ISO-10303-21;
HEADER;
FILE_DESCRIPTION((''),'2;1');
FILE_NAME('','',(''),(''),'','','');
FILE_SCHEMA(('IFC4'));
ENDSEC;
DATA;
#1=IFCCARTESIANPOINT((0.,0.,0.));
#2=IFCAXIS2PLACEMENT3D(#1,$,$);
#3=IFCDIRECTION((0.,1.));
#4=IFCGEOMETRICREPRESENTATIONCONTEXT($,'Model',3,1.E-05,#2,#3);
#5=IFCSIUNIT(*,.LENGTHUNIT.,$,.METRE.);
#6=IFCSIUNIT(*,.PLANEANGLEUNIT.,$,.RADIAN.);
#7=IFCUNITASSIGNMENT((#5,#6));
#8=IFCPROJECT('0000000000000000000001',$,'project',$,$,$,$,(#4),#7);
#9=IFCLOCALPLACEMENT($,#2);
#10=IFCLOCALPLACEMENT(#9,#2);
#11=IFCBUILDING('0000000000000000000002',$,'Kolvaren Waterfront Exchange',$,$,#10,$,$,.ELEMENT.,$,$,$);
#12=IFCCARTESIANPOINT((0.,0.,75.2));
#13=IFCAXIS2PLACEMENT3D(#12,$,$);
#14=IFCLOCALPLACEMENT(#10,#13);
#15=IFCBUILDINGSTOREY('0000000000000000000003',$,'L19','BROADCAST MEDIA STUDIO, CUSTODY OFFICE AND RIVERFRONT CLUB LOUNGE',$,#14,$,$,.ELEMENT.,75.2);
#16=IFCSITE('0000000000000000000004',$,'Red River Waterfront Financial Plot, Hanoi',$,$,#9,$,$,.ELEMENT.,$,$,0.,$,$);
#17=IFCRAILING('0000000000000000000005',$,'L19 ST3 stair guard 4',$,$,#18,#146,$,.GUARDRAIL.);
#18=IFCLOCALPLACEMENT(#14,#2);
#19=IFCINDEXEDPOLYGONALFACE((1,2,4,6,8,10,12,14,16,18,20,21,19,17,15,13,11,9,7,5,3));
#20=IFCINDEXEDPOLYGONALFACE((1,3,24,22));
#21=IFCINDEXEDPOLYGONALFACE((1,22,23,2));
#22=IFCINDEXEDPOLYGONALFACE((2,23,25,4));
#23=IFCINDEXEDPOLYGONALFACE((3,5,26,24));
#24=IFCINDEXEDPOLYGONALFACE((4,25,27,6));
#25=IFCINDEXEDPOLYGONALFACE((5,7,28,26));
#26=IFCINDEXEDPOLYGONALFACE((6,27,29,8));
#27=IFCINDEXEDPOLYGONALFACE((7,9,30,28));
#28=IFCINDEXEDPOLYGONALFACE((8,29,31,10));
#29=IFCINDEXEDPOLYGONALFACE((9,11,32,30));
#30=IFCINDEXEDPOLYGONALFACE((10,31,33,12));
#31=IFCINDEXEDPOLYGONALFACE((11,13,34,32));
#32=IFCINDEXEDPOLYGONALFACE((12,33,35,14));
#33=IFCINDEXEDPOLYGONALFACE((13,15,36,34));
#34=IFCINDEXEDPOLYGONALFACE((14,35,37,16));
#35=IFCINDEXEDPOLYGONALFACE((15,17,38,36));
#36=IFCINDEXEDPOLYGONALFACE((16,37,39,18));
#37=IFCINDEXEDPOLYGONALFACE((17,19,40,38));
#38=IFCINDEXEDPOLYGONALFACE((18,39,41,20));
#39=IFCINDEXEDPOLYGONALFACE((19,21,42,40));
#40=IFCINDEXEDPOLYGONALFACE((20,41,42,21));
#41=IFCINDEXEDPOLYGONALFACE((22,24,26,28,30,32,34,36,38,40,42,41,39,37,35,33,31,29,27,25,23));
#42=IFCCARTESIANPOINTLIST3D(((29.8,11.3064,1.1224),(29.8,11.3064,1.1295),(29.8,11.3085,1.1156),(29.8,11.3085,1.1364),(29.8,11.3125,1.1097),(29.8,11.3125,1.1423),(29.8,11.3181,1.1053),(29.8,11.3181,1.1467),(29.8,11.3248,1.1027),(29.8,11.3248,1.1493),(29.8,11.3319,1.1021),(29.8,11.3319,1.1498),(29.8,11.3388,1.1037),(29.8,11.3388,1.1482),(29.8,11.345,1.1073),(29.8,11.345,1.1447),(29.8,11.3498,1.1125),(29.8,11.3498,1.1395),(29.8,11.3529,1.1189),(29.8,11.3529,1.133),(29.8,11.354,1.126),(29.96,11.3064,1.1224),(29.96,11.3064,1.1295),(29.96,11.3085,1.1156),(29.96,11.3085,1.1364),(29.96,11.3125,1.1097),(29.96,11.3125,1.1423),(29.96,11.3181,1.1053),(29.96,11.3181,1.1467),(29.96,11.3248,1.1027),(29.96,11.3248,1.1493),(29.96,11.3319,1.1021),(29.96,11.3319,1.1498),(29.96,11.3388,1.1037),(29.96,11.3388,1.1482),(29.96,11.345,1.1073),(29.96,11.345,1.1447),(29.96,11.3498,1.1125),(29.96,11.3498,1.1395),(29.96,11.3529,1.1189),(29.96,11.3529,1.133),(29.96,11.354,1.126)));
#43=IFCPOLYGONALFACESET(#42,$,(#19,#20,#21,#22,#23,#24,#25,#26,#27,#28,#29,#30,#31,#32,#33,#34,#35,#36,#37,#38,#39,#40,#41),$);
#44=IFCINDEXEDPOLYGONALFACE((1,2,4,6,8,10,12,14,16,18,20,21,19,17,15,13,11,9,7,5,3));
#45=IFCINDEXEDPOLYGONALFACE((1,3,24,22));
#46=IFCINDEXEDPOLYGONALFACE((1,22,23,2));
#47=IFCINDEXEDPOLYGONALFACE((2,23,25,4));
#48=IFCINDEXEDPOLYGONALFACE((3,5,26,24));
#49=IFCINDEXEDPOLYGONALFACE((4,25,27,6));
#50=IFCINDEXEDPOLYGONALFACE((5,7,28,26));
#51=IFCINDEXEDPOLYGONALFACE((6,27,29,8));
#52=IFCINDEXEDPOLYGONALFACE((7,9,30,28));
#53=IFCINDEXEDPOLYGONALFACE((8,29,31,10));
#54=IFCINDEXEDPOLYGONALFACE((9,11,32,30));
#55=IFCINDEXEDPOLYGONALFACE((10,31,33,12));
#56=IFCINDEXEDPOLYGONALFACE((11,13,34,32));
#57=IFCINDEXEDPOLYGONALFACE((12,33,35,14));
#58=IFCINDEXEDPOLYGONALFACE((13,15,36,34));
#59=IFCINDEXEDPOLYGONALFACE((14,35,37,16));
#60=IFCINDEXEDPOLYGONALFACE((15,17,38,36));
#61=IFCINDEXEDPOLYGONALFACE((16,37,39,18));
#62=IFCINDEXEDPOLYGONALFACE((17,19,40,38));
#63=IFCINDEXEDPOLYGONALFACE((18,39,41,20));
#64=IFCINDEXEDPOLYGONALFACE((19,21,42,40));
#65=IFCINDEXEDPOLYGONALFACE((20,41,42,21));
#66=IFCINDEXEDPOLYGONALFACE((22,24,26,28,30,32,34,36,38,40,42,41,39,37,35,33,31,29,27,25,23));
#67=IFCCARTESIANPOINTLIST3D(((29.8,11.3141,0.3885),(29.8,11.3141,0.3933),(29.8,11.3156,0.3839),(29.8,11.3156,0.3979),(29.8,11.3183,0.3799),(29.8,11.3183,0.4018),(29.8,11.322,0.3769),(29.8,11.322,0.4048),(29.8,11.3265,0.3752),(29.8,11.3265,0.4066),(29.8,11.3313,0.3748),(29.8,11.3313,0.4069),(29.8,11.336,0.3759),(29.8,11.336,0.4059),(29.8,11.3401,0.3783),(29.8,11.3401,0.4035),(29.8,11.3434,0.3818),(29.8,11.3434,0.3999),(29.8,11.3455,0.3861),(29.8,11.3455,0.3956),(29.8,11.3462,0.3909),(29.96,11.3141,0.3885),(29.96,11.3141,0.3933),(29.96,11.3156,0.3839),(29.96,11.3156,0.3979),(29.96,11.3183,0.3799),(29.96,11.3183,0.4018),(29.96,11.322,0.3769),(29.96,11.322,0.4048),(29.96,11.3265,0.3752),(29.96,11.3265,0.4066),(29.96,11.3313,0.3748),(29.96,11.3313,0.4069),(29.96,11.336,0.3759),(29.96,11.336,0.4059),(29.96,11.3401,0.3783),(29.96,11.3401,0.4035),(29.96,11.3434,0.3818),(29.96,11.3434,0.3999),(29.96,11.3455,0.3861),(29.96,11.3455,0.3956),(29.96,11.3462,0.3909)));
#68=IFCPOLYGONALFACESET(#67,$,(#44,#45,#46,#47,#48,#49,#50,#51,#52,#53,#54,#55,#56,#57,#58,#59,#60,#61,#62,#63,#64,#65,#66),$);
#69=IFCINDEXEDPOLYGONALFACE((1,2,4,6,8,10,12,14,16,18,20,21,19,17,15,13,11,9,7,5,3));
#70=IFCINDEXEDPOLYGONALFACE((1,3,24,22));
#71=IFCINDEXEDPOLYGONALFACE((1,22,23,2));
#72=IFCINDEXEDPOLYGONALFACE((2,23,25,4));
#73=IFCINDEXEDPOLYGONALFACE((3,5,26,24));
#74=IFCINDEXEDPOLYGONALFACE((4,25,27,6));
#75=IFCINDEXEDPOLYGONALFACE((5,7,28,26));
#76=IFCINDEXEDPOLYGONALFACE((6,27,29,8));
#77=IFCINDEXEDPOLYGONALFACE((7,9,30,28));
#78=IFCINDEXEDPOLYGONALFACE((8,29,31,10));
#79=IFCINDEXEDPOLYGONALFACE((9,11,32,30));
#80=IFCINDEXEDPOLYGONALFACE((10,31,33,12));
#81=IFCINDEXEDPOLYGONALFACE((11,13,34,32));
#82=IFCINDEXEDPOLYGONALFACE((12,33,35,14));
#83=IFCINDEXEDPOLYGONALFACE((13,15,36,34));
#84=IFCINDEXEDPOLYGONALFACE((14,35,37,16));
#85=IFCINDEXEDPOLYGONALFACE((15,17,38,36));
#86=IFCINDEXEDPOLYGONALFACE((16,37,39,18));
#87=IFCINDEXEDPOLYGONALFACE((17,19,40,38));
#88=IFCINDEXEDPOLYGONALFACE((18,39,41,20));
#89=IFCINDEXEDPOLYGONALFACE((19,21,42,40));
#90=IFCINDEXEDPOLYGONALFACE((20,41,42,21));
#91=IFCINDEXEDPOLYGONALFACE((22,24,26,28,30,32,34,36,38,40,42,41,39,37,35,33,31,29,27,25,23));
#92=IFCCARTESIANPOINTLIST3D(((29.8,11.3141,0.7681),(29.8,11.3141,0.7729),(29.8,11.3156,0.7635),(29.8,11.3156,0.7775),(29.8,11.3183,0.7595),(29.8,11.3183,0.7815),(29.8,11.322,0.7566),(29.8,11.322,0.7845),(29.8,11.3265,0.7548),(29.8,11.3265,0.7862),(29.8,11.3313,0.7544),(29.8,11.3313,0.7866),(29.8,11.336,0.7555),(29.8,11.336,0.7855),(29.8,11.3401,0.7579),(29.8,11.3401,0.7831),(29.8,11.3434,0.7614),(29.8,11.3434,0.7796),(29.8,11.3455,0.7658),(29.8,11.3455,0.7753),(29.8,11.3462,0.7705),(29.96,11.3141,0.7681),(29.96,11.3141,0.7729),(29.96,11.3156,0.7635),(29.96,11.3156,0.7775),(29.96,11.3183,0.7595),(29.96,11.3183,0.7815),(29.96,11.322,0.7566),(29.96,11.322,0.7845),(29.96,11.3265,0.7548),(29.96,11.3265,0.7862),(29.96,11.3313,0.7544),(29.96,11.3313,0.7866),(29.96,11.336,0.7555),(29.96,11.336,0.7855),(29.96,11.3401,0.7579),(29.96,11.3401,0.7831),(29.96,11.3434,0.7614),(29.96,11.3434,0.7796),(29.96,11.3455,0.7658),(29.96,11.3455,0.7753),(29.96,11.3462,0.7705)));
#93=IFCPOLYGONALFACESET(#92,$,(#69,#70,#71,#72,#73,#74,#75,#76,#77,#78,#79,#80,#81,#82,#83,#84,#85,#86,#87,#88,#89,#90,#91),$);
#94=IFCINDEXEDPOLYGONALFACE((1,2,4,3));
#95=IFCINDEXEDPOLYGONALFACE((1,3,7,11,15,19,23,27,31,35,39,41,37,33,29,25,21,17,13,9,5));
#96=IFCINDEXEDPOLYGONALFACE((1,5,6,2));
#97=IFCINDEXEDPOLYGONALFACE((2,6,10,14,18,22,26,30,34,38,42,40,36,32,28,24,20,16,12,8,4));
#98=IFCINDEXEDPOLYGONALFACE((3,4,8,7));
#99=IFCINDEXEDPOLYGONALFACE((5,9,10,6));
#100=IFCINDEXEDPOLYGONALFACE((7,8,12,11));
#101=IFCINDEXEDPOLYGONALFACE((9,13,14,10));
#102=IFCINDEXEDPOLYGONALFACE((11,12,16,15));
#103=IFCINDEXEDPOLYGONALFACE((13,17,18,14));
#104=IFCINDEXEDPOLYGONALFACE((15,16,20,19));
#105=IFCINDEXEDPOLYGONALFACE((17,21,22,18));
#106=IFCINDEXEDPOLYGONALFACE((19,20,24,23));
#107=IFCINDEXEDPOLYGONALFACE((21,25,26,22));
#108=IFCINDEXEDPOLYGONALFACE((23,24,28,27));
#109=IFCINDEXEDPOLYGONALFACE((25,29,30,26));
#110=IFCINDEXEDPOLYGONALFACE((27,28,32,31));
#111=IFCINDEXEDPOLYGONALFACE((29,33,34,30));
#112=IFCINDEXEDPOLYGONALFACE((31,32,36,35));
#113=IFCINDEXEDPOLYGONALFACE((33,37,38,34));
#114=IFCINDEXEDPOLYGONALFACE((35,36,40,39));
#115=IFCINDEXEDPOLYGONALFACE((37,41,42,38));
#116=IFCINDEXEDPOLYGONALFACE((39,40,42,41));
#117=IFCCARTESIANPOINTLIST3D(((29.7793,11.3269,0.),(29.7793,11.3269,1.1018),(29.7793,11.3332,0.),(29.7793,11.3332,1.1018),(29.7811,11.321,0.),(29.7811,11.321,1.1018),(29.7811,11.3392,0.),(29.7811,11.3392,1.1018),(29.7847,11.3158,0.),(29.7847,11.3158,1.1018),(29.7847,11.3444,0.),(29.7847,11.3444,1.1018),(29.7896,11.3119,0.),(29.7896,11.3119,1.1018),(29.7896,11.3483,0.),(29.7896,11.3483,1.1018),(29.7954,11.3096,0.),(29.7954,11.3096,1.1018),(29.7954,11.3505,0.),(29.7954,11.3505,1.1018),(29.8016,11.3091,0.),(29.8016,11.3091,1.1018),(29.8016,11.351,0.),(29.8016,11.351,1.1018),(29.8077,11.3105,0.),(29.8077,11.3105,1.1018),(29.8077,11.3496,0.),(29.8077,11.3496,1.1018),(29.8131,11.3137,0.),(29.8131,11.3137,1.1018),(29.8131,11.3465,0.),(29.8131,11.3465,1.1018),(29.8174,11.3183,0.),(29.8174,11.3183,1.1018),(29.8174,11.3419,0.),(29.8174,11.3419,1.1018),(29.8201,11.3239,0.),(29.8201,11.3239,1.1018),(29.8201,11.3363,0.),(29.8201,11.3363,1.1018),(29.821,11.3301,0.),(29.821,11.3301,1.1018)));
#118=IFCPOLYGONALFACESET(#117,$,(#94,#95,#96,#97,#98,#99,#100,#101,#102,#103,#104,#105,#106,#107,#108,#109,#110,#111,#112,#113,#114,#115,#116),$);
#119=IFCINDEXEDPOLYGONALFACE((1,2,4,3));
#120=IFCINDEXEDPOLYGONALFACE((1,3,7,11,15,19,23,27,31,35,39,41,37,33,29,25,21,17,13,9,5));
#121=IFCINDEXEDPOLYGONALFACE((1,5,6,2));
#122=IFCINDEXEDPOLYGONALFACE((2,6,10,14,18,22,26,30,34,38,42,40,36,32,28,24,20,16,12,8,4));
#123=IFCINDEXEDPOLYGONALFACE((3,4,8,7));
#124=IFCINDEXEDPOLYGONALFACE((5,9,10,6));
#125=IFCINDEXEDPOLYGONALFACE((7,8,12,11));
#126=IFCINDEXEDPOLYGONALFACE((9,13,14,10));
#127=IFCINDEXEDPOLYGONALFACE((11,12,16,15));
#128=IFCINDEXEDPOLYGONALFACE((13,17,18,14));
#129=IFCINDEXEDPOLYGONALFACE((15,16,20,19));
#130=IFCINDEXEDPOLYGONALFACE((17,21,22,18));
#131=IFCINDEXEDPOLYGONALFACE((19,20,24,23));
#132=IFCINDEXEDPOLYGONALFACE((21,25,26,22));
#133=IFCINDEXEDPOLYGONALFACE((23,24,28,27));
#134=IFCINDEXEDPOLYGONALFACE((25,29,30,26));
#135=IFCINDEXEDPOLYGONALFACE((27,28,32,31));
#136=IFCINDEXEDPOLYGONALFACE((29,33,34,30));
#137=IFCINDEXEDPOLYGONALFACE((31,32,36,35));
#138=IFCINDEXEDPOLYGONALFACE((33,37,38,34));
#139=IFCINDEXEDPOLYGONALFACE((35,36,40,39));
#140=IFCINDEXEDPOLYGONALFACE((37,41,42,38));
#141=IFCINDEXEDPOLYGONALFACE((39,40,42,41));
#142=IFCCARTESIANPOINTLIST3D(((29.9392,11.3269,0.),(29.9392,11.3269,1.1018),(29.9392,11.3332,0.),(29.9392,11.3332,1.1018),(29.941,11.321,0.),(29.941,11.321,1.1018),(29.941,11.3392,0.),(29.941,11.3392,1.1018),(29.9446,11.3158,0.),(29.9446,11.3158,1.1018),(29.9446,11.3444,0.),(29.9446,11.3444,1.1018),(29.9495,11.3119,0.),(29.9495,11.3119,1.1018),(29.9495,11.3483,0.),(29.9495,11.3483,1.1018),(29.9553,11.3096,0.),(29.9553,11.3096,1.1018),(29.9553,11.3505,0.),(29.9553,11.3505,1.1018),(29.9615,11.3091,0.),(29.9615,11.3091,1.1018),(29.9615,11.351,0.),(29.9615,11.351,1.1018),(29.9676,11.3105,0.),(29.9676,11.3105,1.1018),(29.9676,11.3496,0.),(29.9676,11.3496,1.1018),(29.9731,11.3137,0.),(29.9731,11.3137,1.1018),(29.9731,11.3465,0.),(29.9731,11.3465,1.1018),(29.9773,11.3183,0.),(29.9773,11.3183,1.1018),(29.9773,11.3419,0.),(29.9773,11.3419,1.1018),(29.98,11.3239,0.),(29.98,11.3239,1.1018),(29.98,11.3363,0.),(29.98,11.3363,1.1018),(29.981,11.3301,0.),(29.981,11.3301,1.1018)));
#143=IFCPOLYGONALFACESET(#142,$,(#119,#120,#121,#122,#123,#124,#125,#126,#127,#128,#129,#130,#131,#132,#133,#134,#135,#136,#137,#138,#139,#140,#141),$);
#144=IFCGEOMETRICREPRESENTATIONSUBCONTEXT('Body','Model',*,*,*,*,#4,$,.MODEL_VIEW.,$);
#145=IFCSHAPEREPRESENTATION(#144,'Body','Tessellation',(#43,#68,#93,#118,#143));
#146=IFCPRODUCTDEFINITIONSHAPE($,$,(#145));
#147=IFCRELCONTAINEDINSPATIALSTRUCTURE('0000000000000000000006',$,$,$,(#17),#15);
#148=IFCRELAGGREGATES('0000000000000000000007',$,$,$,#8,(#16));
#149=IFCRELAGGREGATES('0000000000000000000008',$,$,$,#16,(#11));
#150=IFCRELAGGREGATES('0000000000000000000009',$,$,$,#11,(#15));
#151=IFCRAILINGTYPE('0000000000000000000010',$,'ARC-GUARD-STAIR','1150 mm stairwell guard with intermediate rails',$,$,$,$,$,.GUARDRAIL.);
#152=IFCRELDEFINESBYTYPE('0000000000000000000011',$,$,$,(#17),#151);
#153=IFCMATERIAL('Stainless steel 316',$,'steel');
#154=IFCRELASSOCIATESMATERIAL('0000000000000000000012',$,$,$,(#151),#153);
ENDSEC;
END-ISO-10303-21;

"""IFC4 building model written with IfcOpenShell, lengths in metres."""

from ifc_helpers import new_model, si_unit, direction, frame, origin, origin_2d, place, context, subcontext, project, spatial, circle, extrude, material, type_object, element, save


model = new_model("IFC4")

# Units and contexts
model_context = context("Model", 3, precision=1e-05, world=origin(), true_north=direction((0.0, 1.0)))
body_context = subcontext(model_context, "Body", "Model", "MODEL_VIEW")
ifc_project = project(units=[si_unit("LENGTHUNIT", "METRE"), si_unit("PLANEANGLEUNIT", "RADIAN")], contexts=[model_context])

# Site, building, storey
site_placement = place(None, origin())
site = spatial("IfcSite", under=ifc_project, at=site_placement, Name="Red River Waterfront Financial Plot, Hanoi", CompositionType="ELEMENT", RefElevation=0.0)
building_placement = place(site_placement, origin())
building = spatial("IfcBuilding", under=site, at=building_placement, Name="Kolvaren Waterfront Exchange", CompositionType="ELEMENT")
storey_placement = place(building_placement, frame((0.0, 0.0, 75.2)))
storey = spatial("IfcBuildingStorey", under=building, at=storey_placement, Name="L19", Description="BROADCAST MEDIA STUDIO, CUSTODY OFFICE AND RIVERFRONT CLUB LOUNGE", CompositionType="ELEMENT", Elevation=75.2)

# Railing
ifc_material_1 = material(Name="Stainless steel 316", Category="steel")
railing_type = type_object("IfcRailingType", Name="ARC-GUARD-STAIR", Description="1150 mm stairwell guard with intermediate rails", PredefinedType="GUARDRAIL", material=ifc_material_1)
railing_1_placement = place(storey_placement, frame((29.8, 11.3301, 0.0)))
element("IfcRailing", 1, at=railing_1_placement, inside=storey, type_object=railing_type, Name="L19 ST3 stair guard 4", PredefinedType="GUARDRAIL", context=body_context, shape_type="SweptSolid", body=[
    extrude(circle(Radius=0.0239, at=origin_2d()), frame((0.0, 0.0, 1.126), z_axis=(1.0, 0.0, 0.0), x_axis=(0.0, 1.0, 0.0)), (0.0, 0.0, 1.0), 0.1599),
    extrude(circle(Radius=0.0161, at=origin_2d()), frame((0.0, 0.0, 0.3909), z_axis=(1.0, 0.0, 0.0), x_axis=(0.0, 1.0, 0.0)), (0.0, 0.0, 1.0), 0.1599),
    extrude(circle(Radius=0.0161, at=origin_2d()), frame((0.0, 0.0, 0.7705), z_axis=(1.0, 0.0, 0.0), x_axis=(0.0, 1.0, 0.0)), (0.0, 0.0, 1.0), 0.1599),
    extrude(circle(Radius=0.021, at=origin_2d()), origin(), (0.0, 0.0, 1.0), 1.1018),
    extrude(circle(Radius=0.021, at=origin_2d()), frame((0.1599, 0.0, 0.0)), (0.0, 0.0, 1.0), 1.1018),
])

save(model, "model.ifc")
